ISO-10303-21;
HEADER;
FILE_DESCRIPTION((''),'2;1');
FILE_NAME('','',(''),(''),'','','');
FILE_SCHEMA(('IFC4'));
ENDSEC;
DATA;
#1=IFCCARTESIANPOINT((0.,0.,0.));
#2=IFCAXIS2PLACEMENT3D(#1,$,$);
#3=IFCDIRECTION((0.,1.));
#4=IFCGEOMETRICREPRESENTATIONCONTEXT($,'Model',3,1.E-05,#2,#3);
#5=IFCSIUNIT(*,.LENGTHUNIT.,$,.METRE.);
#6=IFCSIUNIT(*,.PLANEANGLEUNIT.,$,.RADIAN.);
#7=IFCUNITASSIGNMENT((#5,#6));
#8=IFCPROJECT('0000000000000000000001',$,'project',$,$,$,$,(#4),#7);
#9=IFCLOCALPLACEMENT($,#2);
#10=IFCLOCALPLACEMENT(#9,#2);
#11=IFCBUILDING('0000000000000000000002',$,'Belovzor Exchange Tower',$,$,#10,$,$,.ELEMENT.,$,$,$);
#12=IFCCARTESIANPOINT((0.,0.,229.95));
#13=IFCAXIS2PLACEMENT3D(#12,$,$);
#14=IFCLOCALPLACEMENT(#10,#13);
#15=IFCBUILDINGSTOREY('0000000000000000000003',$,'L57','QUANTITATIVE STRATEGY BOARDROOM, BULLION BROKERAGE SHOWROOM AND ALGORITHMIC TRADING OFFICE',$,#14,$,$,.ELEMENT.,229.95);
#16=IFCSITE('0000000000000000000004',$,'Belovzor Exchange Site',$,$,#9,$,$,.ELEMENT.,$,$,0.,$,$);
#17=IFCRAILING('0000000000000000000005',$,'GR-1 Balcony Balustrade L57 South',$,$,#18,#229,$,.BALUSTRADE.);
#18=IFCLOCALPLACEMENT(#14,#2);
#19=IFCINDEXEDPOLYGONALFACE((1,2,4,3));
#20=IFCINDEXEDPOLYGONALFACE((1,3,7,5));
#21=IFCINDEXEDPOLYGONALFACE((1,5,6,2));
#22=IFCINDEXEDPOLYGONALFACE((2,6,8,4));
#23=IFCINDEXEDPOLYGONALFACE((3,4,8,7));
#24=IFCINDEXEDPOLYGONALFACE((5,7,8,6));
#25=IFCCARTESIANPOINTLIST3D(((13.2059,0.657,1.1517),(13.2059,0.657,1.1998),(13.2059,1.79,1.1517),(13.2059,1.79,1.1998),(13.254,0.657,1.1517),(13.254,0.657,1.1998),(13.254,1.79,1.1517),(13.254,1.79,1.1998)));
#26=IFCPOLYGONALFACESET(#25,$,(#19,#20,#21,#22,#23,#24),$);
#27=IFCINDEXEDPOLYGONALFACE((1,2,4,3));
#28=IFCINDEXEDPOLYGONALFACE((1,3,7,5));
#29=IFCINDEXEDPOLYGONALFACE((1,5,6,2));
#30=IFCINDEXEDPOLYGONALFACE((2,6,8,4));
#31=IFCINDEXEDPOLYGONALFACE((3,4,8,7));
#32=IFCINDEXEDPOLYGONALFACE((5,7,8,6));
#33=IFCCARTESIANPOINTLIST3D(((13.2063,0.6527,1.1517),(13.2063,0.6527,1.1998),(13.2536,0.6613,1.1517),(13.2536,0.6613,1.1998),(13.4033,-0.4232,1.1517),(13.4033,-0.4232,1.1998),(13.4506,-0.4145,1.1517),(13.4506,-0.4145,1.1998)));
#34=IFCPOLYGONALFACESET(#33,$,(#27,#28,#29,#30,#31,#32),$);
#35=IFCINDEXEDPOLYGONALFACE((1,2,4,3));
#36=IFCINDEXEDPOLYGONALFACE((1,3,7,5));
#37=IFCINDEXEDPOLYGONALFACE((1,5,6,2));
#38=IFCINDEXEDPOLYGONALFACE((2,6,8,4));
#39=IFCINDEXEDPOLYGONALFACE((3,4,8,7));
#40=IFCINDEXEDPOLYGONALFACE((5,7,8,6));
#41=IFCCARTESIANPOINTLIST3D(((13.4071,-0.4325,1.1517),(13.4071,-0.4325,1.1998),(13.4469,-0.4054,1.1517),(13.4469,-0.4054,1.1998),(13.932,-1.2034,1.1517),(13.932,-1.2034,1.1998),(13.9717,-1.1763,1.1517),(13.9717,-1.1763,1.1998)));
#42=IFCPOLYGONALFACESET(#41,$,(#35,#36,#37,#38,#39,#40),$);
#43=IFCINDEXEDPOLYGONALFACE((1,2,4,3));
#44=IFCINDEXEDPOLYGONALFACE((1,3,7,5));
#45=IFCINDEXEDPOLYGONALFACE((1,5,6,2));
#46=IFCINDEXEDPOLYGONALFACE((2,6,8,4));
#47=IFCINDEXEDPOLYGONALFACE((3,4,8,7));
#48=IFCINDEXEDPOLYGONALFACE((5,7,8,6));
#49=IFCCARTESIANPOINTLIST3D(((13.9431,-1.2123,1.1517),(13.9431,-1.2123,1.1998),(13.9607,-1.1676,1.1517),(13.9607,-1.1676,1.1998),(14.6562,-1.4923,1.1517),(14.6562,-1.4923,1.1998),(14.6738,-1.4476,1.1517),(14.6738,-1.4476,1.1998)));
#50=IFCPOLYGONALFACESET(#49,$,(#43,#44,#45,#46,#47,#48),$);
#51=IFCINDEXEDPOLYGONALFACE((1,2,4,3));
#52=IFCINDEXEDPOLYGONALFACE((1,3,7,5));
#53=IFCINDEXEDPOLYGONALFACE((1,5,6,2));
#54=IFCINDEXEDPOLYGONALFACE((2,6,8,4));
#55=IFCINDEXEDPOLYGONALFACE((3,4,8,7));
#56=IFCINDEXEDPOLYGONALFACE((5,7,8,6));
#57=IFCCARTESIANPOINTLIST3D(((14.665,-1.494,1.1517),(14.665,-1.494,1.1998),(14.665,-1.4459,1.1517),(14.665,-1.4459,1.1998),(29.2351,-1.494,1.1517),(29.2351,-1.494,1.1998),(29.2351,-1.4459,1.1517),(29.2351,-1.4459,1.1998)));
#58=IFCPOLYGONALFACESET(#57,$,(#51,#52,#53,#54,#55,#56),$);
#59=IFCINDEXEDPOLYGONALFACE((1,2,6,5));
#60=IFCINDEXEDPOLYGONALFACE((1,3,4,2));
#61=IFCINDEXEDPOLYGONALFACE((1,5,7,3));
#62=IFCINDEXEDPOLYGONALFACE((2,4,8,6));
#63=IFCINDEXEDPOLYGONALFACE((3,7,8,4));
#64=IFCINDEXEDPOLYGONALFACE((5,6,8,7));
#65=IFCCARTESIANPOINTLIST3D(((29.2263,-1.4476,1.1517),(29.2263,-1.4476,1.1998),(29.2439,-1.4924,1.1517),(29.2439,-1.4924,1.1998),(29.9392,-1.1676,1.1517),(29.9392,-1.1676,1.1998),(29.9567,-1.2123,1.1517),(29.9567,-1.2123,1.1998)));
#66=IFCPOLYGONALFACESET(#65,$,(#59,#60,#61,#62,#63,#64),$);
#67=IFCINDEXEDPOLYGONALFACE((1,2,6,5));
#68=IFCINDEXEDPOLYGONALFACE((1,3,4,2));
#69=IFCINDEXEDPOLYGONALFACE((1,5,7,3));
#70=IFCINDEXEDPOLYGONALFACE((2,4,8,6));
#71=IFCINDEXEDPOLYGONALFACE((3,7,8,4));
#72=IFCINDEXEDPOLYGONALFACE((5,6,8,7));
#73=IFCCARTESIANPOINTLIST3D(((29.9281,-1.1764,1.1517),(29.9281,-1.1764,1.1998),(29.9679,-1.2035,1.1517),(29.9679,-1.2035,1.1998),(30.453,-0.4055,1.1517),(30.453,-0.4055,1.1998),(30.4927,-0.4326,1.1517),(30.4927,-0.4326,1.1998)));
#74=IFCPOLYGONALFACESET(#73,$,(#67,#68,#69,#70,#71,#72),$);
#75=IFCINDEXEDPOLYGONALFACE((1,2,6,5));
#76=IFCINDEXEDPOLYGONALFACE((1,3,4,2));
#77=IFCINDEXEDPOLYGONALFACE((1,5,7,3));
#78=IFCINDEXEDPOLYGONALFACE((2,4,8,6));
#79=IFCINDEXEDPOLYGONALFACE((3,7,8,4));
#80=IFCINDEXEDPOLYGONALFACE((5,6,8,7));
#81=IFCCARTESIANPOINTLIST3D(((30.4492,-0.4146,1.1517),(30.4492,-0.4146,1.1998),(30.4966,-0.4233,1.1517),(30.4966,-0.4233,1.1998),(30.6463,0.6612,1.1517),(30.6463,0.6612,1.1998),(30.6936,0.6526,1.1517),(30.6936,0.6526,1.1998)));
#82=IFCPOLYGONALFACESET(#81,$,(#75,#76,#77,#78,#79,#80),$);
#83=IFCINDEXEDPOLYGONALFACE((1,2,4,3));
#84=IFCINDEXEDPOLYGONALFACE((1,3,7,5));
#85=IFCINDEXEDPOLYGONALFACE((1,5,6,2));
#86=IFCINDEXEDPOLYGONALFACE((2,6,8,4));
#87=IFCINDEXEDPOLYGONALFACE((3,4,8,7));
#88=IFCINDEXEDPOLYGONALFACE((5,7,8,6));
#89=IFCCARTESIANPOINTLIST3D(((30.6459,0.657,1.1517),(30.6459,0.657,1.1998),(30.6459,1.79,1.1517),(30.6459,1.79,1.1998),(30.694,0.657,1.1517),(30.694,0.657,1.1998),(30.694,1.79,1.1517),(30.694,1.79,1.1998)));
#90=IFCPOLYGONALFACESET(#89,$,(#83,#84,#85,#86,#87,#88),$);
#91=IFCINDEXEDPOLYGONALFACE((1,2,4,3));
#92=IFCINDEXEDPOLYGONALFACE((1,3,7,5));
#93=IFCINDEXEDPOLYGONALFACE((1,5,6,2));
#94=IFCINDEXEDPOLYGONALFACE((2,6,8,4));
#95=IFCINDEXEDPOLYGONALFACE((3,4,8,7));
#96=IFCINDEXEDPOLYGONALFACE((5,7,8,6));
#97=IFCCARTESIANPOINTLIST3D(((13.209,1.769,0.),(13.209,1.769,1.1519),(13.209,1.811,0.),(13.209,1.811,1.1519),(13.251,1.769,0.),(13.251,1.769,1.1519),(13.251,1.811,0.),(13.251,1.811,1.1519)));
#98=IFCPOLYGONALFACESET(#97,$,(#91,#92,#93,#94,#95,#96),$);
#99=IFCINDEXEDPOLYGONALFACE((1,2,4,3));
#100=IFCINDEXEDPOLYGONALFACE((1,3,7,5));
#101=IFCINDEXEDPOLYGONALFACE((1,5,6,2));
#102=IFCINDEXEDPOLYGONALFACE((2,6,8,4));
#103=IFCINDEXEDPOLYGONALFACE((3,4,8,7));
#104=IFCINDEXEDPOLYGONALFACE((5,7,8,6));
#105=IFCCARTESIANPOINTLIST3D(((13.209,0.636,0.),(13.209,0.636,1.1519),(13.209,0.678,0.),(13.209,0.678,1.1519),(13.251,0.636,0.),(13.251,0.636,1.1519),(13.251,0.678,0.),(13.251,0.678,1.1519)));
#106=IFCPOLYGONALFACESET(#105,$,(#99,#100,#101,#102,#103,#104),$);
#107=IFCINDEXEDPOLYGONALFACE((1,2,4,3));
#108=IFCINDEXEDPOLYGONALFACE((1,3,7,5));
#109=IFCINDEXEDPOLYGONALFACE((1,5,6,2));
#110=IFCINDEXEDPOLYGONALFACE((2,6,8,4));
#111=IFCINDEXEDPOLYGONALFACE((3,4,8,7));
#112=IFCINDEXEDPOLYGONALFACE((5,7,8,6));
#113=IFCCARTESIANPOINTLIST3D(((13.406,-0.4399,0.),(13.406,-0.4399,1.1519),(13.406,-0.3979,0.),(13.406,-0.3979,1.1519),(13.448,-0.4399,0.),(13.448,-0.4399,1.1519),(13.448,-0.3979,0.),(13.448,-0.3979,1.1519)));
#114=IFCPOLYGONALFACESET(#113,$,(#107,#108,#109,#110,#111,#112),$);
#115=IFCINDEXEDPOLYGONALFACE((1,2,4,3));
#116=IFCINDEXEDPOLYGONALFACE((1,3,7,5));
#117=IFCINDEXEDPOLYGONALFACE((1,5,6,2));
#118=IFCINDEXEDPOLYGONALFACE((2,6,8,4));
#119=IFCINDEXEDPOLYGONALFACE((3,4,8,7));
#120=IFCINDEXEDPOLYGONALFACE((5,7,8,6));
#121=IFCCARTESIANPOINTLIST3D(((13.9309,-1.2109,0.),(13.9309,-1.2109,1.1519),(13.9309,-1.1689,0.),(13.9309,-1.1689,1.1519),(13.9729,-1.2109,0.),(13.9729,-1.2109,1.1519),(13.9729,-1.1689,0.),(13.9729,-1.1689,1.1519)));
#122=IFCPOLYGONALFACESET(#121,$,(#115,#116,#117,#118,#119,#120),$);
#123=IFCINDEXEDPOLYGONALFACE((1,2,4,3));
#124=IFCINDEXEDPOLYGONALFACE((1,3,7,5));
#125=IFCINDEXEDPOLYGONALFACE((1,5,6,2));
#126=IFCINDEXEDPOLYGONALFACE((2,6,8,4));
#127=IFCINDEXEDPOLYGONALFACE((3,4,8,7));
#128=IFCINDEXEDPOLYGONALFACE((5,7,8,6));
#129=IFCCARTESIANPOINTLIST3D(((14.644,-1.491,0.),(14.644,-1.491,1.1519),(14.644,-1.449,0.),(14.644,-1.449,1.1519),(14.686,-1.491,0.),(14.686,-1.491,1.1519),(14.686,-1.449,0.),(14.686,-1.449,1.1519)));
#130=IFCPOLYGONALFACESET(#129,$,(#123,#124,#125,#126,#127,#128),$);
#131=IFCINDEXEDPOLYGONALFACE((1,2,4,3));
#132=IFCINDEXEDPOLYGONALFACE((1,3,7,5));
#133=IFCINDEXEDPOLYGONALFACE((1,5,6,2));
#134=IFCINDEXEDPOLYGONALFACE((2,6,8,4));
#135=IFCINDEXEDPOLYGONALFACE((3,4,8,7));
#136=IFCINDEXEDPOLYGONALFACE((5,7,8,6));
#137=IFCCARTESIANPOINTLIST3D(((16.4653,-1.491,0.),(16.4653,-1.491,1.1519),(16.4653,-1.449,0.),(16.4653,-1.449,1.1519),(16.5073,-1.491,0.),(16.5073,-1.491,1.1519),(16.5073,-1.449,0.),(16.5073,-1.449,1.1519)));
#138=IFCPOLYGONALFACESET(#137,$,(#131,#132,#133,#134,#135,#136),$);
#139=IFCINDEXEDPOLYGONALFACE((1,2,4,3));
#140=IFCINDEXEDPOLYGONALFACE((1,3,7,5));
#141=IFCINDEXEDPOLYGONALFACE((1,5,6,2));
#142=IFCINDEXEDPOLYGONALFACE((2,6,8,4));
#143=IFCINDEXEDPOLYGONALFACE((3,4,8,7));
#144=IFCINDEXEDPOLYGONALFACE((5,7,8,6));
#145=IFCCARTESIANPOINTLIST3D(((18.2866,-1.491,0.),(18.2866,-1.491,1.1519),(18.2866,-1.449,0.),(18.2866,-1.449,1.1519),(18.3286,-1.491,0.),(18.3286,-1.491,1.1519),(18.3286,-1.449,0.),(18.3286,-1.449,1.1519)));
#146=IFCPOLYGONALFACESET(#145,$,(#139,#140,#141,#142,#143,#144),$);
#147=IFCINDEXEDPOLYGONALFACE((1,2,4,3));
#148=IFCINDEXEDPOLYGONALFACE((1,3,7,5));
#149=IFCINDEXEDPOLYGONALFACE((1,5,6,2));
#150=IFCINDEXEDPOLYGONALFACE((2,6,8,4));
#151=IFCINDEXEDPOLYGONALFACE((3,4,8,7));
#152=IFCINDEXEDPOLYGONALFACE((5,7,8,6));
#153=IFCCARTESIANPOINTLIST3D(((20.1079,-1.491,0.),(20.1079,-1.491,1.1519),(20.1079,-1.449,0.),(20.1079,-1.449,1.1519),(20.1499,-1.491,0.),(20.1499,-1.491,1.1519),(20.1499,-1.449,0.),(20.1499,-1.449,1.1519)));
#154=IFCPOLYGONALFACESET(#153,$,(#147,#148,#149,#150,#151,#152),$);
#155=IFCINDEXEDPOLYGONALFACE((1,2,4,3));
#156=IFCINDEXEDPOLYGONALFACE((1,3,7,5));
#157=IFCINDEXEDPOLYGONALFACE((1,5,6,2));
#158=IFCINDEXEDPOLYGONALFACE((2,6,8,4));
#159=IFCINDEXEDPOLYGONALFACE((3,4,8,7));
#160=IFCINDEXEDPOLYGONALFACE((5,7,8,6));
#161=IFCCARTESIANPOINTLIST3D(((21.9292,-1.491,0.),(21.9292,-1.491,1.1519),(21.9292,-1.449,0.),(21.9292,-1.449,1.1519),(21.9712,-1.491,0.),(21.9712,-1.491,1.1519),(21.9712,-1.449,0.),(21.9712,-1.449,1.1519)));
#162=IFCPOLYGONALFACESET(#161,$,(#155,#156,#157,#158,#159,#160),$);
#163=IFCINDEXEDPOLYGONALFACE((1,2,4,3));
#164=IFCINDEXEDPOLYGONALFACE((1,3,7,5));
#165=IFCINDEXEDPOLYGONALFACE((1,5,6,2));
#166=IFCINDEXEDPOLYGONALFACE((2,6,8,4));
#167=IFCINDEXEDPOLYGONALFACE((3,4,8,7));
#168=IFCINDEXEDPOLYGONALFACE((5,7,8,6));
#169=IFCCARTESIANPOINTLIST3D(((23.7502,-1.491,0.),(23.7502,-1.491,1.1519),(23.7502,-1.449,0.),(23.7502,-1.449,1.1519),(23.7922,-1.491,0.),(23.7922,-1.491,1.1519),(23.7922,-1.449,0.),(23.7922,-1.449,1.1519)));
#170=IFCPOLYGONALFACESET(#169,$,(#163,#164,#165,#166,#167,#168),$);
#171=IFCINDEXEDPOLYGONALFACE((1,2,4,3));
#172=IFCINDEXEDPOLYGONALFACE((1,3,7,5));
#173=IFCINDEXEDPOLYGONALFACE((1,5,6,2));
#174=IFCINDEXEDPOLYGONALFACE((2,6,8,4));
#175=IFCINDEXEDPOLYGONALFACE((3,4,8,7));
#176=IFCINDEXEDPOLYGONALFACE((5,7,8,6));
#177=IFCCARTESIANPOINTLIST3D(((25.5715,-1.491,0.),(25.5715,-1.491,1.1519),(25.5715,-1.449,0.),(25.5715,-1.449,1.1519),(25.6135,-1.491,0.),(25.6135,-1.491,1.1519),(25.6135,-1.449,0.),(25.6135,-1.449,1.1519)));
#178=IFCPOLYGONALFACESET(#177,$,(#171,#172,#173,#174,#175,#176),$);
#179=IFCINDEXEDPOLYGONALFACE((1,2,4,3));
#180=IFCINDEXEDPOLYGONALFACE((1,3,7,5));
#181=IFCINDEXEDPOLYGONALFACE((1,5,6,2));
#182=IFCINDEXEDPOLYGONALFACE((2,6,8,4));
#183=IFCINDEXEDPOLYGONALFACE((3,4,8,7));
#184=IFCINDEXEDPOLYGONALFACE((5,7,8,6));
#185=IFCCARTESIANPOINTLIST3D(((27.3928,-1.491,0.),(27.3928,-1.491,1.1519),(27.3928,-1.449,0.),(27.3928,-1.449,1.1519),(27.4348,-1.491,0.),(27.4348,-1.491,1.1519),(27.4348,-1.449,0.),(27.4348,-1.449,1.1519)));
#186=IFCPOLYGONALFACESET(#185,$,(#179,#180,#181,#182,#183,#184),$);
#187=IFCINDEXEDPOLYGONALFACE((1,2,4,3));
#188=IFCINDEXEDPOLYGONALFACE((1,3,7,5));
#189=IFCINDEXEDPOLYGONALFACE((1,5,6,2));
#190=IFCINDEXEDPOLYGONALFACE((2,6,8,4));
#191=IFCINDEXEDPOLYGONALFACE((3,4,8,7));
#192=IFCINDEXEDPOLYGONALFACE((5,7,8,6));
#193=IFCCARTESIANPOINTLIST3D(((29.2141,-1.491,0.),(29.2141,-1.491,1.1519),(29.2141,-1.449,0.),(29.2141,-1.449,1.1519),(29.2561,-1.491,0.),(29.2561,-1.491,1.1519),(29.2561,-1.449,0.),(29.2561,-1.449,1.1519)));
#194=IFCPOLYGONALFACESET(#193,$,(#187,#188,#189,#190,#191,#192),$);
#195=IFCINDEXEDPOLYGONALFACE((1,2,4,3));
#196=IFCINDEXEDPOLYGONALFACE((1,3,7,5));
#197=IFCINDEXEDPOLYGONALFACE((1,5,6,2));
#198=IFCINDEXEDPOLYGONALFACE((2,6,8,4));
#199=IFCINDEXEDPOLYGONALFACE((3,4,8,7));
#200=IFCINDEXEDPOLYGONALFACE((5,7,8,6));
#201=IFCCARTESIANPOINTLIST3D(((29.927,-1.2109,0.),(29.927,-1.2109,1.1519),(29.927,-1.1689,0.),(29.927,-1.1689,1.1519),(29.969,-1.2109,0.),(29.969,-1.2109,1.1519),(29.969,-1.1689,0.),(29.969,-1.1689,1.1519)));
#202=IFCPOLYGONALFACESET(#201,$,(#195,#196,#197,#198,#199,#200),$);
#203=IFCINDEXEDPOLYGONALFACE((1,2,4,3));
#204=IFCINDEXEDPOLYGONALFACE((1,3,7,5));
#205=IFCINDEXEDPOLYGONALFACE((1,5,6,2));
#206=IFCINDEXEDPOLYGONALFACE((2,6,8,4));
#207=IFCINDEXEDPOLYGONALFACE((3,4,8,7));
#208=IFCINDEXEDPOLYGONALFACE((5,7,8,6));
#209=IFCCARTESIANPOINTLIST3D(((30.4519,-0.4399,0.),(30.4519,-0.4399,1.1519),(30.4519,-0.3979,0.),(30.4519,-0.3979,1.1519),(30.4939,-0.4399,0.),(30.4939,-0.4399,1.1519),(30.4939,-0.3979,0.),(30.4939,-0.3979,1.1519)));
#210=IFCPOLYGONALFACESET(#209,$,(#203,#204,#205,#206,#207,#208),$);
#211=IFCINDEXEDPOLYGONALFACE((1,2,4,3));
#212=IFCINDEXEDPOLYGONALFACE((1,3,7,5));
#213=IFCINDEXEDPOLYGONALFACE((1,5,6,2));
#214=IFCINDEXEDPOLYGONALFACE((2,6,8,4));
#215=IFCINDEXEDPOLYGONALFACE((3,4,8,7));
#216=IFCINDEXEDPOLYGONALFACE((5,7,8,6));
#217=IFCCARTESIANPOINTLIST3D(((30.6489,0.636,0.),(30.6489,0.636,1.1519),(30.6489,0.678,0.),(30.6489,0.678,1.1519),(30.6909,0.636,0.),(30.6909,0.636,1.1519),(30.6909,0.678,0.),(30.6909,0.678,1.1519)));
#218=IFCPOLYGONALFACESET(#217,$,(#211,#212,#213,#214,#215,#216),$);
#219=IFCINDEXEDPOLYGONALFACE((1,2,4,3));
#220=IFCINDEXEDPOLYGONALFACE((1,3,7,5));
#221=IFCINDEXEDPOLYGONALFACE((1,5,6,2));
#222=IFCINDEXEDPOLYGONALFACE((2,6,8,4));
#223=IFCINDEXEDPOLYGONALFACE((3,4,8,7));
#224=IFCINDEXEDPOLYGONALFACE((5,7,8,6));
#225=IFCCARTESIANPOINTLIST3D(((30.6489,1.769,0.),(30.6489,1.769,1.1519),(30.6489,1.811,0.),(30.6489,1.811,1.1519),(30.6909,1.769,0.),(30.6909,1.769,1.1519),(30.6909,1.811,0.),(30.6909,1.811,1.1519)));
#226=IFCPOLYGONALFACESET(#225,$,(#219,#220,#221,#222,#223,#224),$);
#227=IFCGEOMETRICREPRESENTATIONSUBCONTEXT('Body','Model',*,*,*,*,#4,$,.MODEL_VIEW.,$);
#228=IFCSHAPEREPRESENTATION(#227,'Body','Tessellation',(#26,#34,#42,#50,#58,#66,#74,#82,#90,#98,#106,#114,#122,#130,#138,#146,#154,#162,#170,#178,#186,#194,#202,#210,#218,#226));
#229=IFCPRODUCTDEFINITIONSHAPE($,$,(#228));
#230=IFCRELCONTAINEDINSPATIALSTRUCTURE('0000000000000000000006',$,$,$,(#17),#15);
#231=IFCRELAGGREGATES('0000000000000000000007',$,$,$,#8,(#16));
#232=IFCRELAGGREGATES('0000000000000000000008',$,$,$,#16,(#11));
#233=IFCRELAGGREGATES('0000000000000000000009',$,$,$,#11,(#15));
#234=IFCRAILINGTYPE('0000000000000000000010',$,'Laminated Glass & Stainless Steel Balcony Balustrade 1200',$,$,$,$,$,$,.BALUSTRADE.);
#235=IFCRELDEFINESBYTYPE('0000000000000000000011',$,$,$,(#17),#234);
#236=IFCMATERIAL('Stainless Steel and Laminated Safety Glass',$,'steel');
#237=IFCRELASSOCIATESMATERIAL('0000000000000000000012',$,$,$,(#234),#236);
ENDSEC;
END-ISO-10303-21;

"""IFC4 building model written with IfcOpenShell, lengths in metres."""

from ifc_helpers import new_model, si_unit, direction, frame, origin, origin_2d, place, context, subcontext, project, spatial, rectangle, extrude, material, type_object, element, save


model = new_model("IFC4")

# Units and contexts
model_context = context("Model", 3, precision=1e-05, world=origin(), true_north=direction((0.0, 1.0)))
body_context = subcontext(model_context, "Body", "Model", "MODEL_VIEW")
ifc_project = project(units=[si_unit("LENGTHUNIT", "METRE"), si_unit("PLANEANGLEUNIT", "RADIAN")], contexts=[model_context])

# Site, building, storey
site_placement = place(None, origin())
site = spatial("IfcSite", under=ifc_project, at=site_placement, Name="Belovzor Exchange Site", CompositionType="ELEMENT", RefElevation=0.0)
building_placement = place(site_placement, origin())
building = spatial("IfcBuilding", under=site, at=building_placement, Name="Belovzor Exchange Tower", CompositionType="ELEMENT")
storey_placement = place(building_placement, frame((0.0, 0.0, 229.95)))
storey = spatial("IfcBuildingStorey", under=building, at=storey_placement, Name="L57", Description="QUANTITATIVE STRATEGY BOARDROOM, BULLION BROKERAGE SHOWROOM AND ALGORITHMIC TRADING OFFICE", CompositionType="ELEMENT", Elevation=229.95)

# Railing
ifc_material_1 = material(Name="Stainless Steel and Laminated Safety Glass", Category="steel")
railing_type = type_object("IfcRailingType", Name="Laminated Glass & Stainless Steel Balcony Balustrade 1200", PredefinedType="BALUSTRADE", material=ifc_material_1)
railing_placement = place(storey_placement, frame((13.23, 1.79, 0.0)))
element("IfcRailing", 1, at=railing_placement, inside=storey, type_object=railing_type, Name="GR-1 Balcony Balustrade L57 South", PredefinedType="BALUSTRADE", context=body_context, shape_type="SweptSolid", body=[
    extrude(rectangle(XDim=0.0481, YDim=0.0481, at=origin_2d()), frame((0.0, 0.0, 1.1758), z_axis=(0.0, -1.0, 0.0), x_axis=(1.0, 0.0, 0.0)), (0.0, 0.0, 1.0), 1.1331),
    extrude(rectangle(XDim=0.0481, YDim=0.0481, at=origin_2d()), frame((0.0, -1.1331, 1.1758), z_axis=(0.180123, -0.983644, 0.0), x_axis=(0.983644, 0.180123, 0.0)), (0.0, 0.0, 1.0), 1.0938),
    extrude(rectangle(XDim=0.0481, YDim=0.0481, at=origin_2d()), frame((0.197, -2.209, 1.1758), z_axis=(0.562768, -0.826615, 0.0), x_axis=(0.826615, 0.562768, 0.0)), (0.0, 0.0, 1.0), 0.9326),
    extrude(rectangle(XDim=0.0481, YDim=0.0481, at=origin_2d()), frame((0.7219, -2.98, 1.1758), z_axis=(0.93081, -0.365504, 0.0), x_axis=(0.365504, 0.93081, 0.0)), (0.0, 0.0, 1.0), 0.7661),
    extrude(rectangle(XDim=0.0481, YDim=0.0481, at=origin_2d()), frame((1.4351, -3.26, 1.1758), z_axis=(1.0, 0.0, 0.0), x_axis=(0.0, 1.0, 0.0)), (0.0, 0.0, 1.0), 14.5701),
    extrude(rectangle(XDim=0.0481, YDim=0.0481, at=origin_2d()), frame((16.0051, -3.26, 1.1758), z_axis=(0.930767, 0.365613, 0.0), x_axis=(-0.365613, 0.930767, 0.0)), (0.0, 0.0, 1.0), 0.7659),
    extrude(rectangle(XDim=0.0481, YDim=0.0481, at=origin_2d()), frame((16.718, -2.98, 1.1758), z_axis=(0.562768, 0.826615, 0.0), x_axis=(-0.826615, 0.562768, 0.0)), (0.0, 0.0, 1.0), 0.9326),
    extrude(rectangle(XDim=0.0481, YDim=0.0481, at=origin_2d()), frame((17.2429, -2.209, 1.1758), z_axis=(0.180123, 0.983644, 0.0), x_axis=(-0.983644, 0.180123, 0.0)), (0.0, 0.0, 1.0), 1.0938),
    extrude(rectangle(XDim=0.0481, YDim=0.0481, at=origin_2d()), frame((17.4399, -1.1331, 1.1758), z_axis=(0.0, 1.0, 0.0), x_axis=(-1.0, 0.0, 0.0)), (0.0, 0.0, 1.0), 1.1331),
    extrude(rectangle(XDim=0.042, YDim=0.042, at=origin_2d()), origin(), (0.0, 0.0, 1.0), 1.1519),
    extrude(rectangle(XDim=0.042, YDim=0.042, at=origin_2d()), frame((0.0, -1.1331, 0.0)), (0.0, 0.0, 1.0), 1.1519),
    extrude(rectangle(XDim=0.042, YDim=0.042, at=origin_2d()), frame((0.197, -2.209, 0.0)), (0.0, 0.0, 1.0), 1.1519),
    extrude(rectangle(XDim=0.042, YDim=0.042, at=origin_2d()), frame((0.7219, -2.98, 0.0)), (0.0, 0.0, 1.0), 1.1519),
    extrude(rectangle(XDim=0.042, YDim=0.042, at=origin_2d()), frame((1.4351, -3.26, 0.0)), (0.0, 0.0, 1.0), 1.1519),
    extrude(rectangle(XDim=0.042, YDim=0.042, at=origin_2d()), frame((3.2563, -3.26, 0.0)), (0.0, 0.0, 1.0), 1.1519),
    extrude(rectangle(XDim=0.042, YDim=0.042, at=origin_2d()), frame((5.0776, -3.26, 0.0)), (0.0, 0.0, 1.0), 1.1519),
    extrude(rectangle(XDim=0.042, YDim=0.042, at=origin_2d()), frame((6.8989, -3.26, 0.0)), (0.0, 0.0, 1.0), 1.1519),
    extrude(rectangle(XDim=0.042, YDim=0.042, at=origin_2d()), frame((8.7202, -3.26, 0.0)), (0.0, 0.0, 1.0), 1.1519),
    extrude(rectangle(XDim=0.042, YDim=0.042, at=origin_2d()), frame((10.5413, -3.26, 0.0)), (0.0, 0.0, 1.0), 1.1519),
    extrude(rectangle(XDim=0.042, YDim=0.042, at=origin_2d()), frame((12.3625, -3.26, 0.0)), (0.0, 0.0, 1.0), 1.1519),
    extrude(rectangle(XDim=0.042, YDim=0.042, at=origin_2d()), frame((14.1838, -3.26, 0.0)), (0.0, 0.0, 1.0), 1.1519),
    extrude(rectangle(XDim=0.042, YDim=0.042, at=origin_2d()), frame((16.0051, -3.26, 0.0)), (0.0, 0.0, 1.0), 1.1519),
    extrude(rectangle(XDim=0.042, YDim=0.042, at=origin_2d()), frame((16.718, -2.98, 0.0)), (0.0, 0.0, 1.0), 1.1519),
    extrude(rectangle(XDim=0.042, YDim=0.042, at=origin_2d()), frame((17.2429, -2.209, 0.0)), (0.0, 0.0, 1.0), 1.1519),
    extrude(rectangle(XDim=0.042, YDim=0.042, at=origin_2d()), frame((17.4399, -1.1331, 0.0)), (0.0, 0.0, 1.0), 1.1519),
    extrude(rectangle(XDim=0.042, YDim=0.042, at=origin_2d()), frame((17.4399, 0.0, 0.0)), (0.0, 0.0, 1.0), 1.1519),
])

save(model, "model.ifc")
